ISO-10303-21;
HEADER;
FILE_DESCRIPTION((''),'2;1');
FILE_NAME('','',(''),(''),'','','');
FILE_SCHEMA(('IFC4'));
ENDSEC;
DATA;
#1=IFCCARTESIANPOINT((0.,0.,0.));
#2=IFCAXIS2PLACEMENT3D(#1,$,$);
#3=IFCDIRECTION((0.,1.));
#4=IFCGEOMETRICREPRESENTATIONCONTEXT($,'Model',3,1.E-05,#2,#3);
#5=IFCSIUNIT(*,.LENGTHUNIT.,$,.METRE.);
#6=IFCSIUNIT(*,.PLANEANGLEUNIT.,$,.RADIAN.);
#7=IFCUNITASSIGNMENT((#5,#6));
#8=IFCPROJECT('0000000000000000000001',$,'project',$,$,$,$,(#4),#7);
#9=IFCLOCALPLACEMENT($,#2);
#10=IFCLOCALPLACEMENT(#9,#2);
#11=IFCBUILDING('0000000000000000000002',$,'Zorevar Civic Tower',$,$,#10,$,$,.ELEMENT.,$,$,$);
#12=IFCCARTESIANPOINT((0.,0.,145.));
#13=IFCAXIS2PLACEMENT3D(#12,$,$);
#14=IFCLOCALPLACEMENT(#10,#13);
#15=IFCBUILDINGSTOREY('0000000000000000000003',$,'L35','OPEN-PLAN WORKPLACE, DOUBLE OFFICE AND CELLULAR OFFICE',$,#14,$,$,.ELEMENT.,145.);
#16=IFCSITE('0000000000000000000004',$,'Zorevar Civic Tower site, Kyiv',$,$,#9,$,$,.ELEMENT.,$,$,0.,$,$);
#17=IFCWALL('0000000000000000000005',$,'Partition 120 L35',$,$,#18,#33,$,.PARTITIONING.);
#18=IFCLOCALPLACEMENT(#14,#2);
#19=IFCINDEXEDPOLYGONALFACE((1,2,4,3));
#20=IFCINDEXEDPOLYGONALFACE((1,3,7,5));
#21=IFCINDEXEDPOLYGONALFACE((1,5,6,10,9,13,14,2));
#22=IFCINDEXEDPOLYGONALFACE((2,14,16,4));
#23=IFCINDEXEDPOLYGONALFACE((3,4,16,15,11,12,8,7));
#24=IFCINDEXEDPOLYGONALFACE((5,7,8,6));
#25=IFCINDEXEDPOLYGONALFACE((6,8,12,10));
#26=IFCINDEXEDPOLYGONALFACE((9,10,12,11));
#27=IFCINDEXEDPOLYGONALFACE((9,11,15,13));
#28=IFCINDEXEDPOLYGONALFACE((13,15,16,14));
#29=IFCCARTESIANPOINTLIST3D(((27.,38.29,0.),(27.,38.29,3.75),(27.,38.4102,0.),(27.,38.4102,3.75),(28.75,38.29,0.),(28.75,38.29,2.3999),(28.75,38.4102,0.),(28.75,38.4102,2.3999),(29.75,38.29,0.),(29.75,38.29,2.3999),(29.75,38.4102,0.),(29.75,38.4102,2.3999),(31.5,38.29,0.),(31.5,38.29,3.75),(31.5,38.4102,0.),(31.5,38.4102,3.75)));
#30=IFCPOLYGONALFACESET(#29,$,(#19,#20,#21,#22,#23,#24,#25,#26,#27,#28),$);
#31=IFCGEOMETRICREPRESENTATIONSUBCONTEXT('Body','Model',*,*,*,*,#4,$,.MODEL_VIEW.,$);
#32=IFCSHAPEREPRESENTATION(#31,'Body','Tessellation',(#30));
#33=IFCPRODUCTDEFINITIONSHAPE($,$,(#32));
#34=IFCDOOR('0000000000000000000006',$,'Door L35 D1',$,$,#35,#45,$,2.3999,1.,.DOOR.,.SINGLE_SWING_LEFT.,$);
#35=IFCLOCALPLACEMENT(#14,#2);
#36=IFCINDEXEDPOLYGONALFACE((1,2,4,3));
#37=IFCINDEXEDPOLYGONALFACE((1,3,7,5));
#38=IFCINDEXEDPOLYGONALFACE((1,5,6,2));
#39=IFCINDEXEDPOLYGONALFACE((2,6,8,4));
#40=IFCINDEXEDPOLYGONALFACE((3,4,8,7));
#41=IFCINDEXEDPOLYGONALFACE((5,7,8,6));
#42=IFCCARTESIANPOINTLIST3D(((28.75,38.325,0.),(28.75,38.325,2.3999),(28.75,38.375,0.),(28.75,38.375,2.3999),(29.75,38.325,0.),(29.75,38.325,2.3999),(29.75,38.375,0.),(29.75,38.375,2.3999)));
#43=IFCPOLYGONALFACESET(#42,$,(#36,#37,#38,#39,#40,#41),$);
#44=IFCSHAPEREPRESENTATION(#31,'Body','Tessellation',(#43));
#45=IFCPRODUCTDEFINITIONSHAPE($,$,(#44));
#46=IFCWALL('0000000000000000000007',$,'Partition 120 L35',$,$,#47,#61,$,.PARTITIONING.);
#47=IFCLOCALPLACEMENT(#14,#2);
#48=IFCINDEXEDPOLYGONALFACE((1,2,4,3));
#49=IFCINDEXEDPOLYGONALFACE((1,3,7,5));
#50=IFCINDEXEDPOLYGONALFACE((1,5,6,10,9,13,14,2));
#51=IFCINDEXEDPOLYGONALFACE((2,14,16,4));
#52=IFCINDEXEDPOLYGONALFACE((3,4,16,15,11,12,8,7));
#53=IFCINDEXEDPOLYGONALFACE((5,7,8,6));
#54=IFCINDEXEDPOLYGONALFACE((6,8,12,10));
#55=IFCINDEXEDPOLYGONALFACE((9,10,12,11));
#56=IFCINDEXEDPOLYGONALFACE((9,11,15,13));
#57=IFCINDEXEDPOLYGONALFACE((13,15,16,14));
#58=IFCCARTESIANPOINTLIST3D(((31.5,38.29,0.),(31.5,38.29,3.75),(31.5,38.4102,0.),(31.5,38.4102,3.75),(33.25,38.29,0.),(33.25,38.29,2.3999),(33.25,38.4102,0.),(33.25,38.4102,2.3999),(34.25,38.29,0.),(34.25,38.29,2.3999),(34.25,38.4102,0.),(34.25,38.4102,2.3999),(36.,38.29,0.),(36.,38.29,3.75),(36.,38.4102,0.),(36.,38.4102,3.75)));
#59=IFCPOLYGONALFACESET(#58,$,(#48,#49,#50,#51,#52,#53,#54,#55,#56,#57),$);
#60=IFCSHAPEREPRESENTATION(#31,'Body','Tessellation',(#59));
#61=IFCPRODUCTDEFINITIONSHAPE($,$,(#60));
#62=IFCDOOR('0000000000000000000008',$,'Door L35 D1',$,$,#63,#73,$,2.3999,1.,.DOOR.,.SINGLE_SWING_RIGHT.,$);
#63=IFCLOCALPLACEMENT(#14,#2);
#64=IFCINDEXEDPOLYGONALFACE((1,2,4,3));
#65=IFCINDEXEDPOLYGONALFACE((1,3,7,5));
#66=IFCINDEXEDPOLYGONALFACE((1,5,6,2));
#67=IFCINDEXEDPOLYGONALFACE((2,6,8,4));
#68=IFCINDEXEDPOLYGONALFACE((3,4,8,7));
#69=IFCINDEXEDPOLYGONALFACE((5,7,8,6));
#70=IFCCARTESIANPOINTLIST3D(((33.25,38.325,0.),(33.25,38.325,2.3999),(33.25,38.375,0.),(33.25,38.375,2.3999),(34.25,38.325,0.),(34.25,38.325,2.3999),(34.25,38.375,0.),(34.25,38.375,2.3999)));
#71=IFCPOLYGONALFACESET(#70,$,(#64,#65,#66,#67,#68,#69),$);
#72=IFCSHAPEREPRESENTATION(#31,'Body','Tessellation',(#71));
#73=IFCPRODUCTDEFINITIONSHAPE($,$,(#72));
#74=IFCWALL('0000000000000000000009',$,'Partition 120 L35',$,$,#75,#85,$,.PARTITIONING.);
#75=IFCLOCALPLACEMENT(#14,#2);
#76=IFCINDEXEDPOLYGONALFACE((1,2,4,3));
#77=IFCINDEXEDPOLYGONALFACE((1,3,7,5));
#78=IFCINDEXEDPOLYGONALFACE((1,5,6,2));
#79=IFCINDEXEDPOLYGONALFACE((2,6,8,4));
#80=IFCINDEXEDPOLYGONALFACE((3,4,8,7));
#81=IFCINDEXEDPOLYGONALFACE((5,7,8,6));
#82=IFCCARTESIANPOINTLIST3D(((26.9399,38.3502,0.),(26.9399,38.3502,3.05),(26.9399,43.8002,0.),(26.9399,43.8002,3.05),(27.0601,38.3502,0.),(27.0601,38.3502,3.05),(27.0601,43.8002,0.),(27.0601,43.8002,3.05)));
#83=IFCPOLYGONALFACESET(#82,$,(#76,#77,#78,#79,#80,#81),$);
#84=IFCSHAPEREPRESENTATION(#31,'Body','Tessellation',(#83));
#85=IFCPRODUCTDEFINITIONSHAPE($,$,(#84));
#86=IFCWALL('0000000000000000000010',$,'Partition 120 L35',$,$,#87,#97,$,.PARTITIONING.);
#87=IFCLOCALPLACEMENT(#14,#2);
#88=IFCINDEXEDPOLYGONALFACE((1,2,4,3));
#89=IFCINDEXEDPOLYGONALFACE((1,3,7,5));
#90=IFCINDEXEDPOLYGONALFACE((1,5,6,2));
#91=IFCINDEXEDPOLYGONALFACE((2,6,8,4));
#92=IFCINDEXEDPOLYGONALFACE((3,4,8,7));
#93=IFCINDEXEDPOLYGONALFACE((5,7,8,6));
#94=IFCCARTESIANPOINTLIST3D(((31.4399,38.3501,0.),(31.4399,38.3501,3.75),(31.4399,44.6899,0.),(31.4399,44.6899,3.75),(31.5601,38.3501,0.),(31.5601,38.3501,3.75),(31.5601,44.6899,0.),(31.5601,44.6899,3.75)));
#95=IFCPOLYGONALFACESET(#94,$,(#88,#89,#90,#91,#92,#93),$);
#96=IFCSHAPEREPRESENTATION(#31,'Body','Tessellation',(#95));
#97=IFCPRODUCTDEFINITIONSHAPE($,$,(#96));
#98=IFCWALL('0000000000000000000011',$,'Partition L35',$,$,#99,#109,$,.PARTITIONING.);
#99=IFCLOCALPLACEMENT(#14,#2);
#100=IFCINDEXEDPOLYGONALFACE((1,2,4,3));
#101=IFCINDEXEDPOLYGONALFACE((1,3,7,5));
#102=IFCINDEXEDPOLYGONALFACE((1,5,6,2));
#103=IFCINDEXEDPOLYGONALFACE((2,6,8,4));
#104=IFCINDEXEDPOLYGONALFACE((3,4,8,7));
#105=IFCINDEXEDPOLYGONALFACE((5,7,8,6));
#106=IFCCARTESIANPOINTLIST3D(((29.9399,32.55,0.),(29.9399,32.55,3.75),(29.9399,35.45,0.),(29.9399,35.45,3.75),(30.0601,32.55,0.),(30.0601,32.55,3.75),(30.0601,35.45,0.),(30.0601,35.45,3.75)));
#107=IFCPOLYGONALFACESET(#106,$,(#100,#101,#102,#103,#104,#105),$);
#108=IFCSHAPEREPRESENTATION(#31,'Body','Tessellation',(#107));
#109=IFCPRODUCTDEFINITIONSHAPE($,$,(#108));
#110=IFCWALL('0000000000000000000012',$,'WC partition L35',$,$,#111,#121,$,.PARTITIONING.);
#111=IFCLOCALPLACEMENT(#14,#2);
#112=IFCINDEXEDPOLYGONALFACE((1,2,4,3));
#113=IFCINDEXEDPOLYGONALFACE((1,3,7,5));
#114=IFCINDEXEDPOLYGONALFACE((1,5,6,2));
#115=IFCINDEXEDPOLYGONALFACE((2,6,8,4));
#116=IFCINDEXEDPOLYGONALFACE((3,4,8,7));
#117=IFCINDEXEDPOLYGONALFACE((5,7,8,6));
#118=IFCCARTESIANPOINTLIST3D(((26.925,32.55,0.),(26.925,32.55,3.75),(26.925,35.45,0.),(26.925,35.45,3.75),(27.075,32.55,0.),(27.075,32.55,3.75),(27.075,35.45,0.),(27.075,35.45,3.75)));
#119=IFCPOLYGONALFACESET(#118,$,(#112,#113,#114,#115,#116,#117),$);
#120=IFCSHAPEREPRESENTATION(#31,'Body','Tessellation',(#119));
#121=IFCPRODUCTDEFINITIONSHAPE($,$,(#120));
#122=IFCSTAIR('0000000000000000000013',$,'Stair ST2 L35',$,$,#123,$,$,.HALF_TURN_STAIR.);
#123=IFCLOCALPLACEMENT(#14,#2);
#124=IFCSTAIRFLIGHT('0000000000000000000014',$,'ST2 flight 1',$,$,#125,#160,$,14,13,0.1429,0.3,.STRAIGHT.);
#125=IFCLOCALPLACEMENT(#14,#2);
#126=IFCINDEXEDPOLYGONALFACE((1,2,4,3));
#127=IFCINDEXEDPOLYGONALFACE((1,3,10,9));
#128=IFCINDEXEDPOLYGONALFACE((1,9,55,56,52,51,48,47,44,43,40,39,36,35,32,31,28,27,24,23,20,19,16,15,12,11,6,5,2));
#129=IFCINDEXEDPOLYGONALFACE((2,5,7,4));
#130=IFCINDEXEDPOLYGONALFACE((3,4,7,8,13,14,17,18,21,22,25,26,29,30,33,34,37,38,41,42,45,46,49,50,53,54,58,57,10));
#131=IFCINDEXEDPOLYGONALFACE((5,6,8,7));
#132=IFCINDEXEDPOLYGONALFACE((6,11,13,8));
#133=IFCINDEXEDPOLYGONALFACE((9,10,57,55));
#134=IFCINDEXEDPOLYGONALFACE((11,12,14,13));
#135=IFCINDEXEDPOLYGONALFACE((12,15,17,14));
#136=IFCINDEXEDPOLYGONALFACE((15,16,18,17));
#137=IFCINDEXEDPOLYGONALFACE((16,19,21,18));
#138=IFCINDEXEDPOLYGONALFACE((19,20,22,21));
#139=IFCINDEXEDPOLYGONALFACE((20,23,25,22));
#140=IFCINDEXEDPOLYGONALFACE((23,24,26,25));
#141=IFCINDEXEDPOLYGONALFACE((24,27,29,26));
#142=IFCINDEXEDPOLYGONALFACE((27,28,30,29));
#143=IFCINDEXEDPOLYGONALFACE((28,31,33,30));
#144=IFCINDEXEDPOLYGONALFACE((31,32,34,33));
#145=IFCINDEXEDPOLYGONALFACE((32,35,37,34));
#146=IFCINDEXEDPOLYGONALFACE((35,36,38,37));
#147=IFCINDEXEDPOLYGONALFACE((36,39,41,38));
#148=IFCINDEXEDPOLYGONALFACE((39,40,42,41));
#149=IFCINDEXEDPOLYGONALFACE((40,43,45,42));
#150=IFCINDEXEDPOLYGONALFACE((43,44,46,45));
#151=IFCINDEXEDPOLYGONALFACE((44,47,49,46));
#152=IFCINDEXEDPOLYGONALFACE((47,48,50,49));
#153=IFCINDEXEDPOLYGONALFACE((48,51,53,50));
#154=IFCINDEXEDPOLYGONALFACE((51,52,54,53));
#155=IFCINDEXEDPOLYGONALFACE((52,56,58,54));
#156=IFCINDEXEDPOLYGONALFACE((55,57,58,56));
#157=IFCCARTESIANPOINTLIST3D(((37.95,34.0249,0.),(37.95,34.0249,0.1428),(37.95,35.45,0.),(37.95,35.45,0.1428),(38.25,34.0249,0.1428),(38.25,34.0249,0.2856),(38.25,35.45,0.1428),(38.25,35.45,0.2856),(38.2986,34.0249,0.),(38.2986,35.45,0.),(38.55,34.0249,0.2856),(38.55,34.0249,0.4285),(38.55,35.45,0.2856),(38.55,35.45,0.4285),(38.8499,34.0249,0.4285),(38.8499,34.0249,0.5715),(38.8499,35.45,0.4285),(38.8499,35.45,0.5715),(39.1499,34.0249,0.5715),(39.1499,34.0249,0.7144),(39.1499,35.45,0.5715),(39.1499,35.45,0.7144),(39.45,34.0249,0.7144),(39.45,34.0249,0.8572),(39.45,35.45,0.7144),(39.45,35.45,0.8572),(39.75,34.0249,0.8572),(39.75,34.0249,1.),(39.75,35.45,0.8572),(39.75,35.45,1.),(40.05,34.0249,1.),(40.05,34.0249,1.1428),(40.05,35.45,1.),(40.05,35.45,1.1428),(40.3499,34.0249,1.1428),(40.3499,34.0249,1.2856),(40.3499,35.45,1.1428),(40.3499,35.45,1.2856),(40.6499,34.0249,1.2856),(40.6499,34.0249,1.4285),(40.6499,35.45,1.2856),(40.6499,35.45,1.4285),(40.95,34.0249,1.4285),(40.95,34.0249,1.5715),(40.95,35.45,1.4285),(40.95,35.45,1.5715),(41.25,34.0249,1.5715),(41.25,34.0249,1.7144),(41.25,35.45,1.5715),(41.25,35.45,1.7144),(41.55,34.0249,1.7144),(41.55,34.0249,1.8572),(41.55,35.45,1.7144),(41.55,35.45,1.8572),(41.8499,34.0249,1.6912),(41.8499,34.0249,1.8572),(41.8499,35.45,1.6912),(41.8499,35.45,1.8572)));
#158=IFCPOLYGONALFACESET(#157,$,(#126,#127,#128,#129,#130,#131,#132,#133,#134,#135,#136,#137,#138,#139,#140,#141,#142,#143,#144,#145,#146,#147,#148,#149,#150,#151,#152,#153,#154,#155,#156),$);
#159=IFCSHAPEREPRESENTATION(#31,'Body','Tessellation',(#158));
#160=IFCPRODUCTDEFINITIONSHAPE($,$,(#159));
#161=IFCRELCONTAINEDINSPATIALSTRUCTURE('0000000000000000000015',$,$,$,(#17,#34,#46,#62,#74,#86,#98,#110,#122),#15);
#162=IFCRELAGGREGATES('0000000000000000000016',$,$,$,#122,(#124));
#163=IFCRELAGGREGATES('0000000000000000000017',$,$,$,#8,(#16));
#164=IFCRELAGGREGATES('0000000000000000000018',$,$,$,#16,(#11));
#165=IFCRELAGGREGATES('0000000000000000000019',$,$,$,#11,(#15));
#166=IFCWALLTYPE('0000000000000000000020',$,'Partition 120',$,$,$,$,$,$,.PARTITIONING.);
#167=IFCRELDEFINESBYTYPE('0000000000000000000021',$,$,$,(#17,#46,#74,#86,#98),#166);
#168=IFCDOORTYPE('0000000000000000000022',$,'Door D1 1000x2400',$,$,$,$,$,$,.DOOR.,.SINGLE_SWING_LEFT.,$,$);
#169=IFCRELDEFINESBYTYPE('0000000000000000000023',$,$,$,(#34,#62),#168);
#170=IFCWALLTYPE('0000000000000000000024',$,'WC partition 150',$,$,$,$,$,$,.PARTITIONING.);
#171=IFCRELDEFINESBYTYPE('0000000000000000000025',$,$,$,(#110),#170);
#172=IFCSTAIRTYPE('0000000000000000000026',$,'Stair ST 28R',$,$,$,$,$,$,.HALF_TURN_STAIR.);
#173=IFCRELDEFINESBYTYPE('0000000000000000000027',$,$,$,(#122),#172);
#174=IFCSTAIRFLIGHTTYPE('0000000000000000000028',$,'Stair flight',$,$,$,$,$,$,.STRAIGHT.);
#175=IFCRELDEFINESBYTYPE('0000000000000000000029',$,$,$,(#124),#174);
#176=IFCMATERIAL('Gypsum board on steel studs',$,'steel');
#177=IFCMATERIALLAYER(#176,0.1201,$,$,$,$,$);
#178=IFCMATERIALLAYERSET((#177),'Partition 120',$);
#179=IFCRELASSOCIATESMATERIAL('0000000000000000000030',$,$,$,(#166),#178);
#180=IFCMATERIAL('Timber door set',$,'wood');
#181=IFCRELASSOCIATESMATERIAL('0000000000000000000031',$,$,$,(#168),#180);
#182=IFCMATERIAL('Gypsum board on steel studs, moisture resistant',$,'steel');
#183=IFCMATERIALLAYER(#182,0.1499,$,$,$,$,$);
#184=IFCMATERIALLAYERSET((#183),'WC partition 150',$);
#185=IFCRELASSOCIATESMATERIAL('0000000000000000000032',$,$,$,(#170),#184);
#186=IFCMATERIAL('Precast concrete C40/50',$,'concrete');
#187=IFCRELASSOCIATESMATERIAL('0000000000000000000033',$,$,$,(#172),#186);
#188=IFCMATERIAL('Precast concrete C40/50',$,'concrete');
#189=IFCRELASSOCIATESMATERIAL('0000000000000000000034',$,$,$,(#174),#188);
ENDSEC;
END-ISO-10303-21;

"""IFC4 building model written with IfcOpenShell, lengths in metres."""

from ifc_helpers import new_model, si_unit, direction, frame, frame_2d, origin, place, context, subcontext, project, spatial, polyline, rectangle, outline, extrude, material, layer, layer_set, type_object, element, fill, aggregate, save


model = new_model("IFC4")

# Units and contexts
model_context = context("Model", 3, precision=1e-05, world=origin(), true_north=direction((0.0, 1.0)))
body_context = subcontext(model_context, "Body", "Model", "MODEL_VIEW")
ifc_project = project(units=[si_unit("LENGTHUNIT", "METRE"), si_unit("PLANEANGLEUNIT", "RADIAN")], contexts=[model_context])

# Site, building, storey
site_placement = place(None, origin())
site = spatial("IfcSite", under=ifc_project, at=site_placement, Name="Zorevar Civic Tower site, Kyiv", CompositionType="ELEMENT", RefElevation=0.0)
building_placement = place(site_placement, origin())
building = spatial("IfcBuilding", under=site, at=building_placement, Name="Zorevar Civic Tower", CompositionType="ELEMENT")
storey_placement = place(building_placement, frame((0.0, 0.0, 145.0)))
storey = spatial("IfcBuildingStorey", under=building, at=storey_placement, Name="L35", Description="OPEN-PLAN WORKPLACE, DOUBLE OFFICE AND CELLULAR OFFICE", CompositionType="ELEMENT", Elevation=145.0)

# Walls, openings, doors
ifc_material_1 = material(Name="Gypsum board on steel studs", Category="steel")
ifc_layer_1 = layer(ifc_material_1, 0.1201)
ifc_layer_set_1 = layer_set([ifc_layer_1], Name="Partition 120")
wall_type_1 = type_object("IfcWallType", Name="Partition 120", PredefinedType="PARTITIONING", material=ifc_layer_set_1)
wall_1_placement = place(storey_placement, frame((27.0, 38.3501, 0.0), z_axis=(0.0, 0.0, 1.0), x_axis=(1.0, 0.0, 0.0)))
wall_1 = element("IfcWall", 1, at=wall_1_placement, inside=storey, type_object=wall_type_1, Name="Partition 120 L35", PredefinedType="PARTITIONING", context=body_context, shape_type="SweptSolid", body=[
    extrude(rectangle(XDim=4.5, YDim=0.1201, at=frame_2d((2.25, 0.0))), origin(), (0.0, 0.0, 1.0), 3.75),
])
opening_1_placement = place(wall_1_placement, frame((1.75, 0.0, 0.0)))
opening_1 = element("IfcOpeningElement", 2, at=opening_1_placement, cuts=wall_1, PredefinedType="OPENING", context=body_context, shape_type="SweptSolid", body=[
    extrude(rectangle(XDim=1.0, YDim=2.3999, at=frame_2d((0.5, 1.2))), frame((0.0, 0.0701, 0.0), z_axis=(0.0, -1.0, 0.0), x_axis=(1.0, 0.0, 0.0)), (0.0, 0.0, 1.0), 0.1401),
])
ifc_material_2 = material(Name="Timber door set", Category="wood")
door_type_1 = type_object("IfcDoorType", Name="Door D1 1000x2400", OperationType="SINGLE_SWING_LEFT", PredefinedType="DOOR", material=ifc_material_2)
door_1_placement = place(opening_1_placement, origin())
door_1 = element("IfcDoor", 3, at=door_1_placement, inside=storey, type_object=door_type_1, Name="Door L35 D1", OperationType="SINGLE_SWING_LEFT", OverallHeight=2.3999, OverallWidth=1.0, PredefinedType="DOOR", context=body_context, shape_type="SweptSolid", body=[
    extrude(rectangle(XDim=1.0, YDim=2.3999, at=frame_2d((0.5, 1.2))), frame((0.0, 0.0249, 0.0), z_axis=(0.0, -1.0, 0.0), x_axis=(1.0, 0.0, 0.0)), (0.0, 0.0, 1.0), 0.05),
])
fill(opening_1, door_1)
wall_2_placement = place(storey_placement, frame((31.5, 38.3501, 0.0), z_axis=(0.0, 0.0, 1.0), x_axis=(1.0, 0.0, 0.0)))
wall_2 = element("IfcWall", 4, at=wall_2_placement, inside=storey, type_object=wall_type_1, Name="Partition 120 L35", PredefinedType="PARTITIONING", context=body_context, shape_type="SweptSolid", body=[
    extrude(rectangle(XDim=4.5, YDim=0.1201, at=frame_2d((2.25, 0.0))), origin(), (0.0, 0.0, 1.0), 3.75),
])
opening_2_placement = place(wall_2_placement, frame((1.75, 0.0, 0.0)))
opening_2 = element("IfcOpeningElement", 5, at=opening_2_placement, cuts=wall_2, PredefinedType="OPENING", context=body_context, shape_type="SweptSolid", body=[
    extrude(rectangle(XDim=1.0, YDim=2.3999, at=frame_2d((0.5, 1.2))), frame((0.0, 0.0701, 0.0), z_axis=(0.0, -1.0, 0.0), x_axis=(1.0, 0.0, 0.0)), (0.0, 0.0, 1.0), 0.1401),
])
door_2_placement = place(opening_2_placement, origin())
door_2 = element("IfcDoor", 6, at=door_2_placement, inside=storey, type_object=door_type_1, Name="Door L35 D1", OperationType="SINGLE_SWING_RIGHT", OverallHeight=2.3999, OverallWidth=1.0, PredefinedType="DOOR", context=body_context, shape_type="SweptSolid", body=[
    extrude(rectangle(XDim=1.0, YDim=2.3999, at=frame_2d((0.5, 1.2))), frame((0.0, 0.0249, 0.0), z_axis=(0.0, -1.0, 0.0), x_axis=(1.0, 0.0, 0.0)), (0.0, 0.0, 1.0), 0.05),
])
fill(opening_2, door_2)

# Walls
wall_3_placement = place(storey_placement, frame((27.0, 38.3501, 0.0), z_axis=(0.0, 0.0, 1.0), x_axis=(0.0, 1.0, 0.0)))
element("IfcWall", 7, at=wall_3_placement, inside=storey, type_object=wall_type_1, Name="Partition 120 L35", PredefinedType="PARTITIONING", context=body_context, shape_type="SweptSolid", body=[
    extrude(rectangle(XDim=5.45, YDim=0.1201, at=frame_2d((2.7251, 0.0))), origin(), (0.0, 0.0, 1.0), 3.05),
])
wall_4_placement = place(storey_placement, frame((31.5, 38.3501, 0.0), z_axis=(0.0, 0.0, 1.0), x_axis=(0.0, 1.0, 0.0)))
element("IfcWall", 8, at=wall_4_placement, inside=storey, type_object=wall_type_1, Name="Partition 120 L35", PredefinedType="PARTITIONING", context=body_context, shape_type="SweptSolid", body=[
    extrude(rectangle(XDim=6.3398, YDim=0.1201, at=frame_2d((3.1699, 0.0))), origin(), (0.0, 0.0, 1.0), 3.75),
])
wall_5_placement = place(storey_placement, frame((30.0, 32.55, 0.0), z_axis=(0.0, 0.0, 1.0), x_axis=(0.0, 1.0, 0.0)))
element("IfcWall", 9, at=wall_5_placement, inside=storey, type_object=wall_type_1, Name="Partition L35", PredefinedType="PARTITIONING", context=body_context, shape_type="SweptSolid", body=[
    extrude(rectangle(XDim=2.8999, YDim=0.1201, at=frame_2d((1.45, 0.0))), origin(), (0.0, 0.0, 1.0), 3.75),
])
ifc_material_3 = material(Name="Gypsum board on steel studs, moisture resistant", Category="steel")
ifc_layer_2 = layer(ifc_material_3, 0.1499)
ifc_layer_set_2 = layer_set([ifc_layer_2], Name="WC partition 150")
wall_type_2 = type_object("IfcWallType", Name="WC partition 150", PredefinedType="PARTITIONING", material=ifc_layer_set_2)
wall_6_placement = place(storey_placement, frame((27.0, 32.55, 0.0), z_axis=(0.0, 0.0, 1.0), x_axis=(0.0, 1.0, 0.0)))
element("IfcWall", 10, at=wall_6_placement, inside=storey, type_object=wall_type_2, Name="WC partition L35", PredefinedType="PARTITIONING", context=body_context, shape_type="SweptSolid", body=[
    extrude(rectangle(XDim=2.8999, YDim=0.1499, at=frame_2d((1.45, 0.0))), origin(), (0.0, 0.0, 1.0), 3.75),
])

# Stair, stair flight
ifc_material_4 = material(Name="Precast concrete C40/50", Category="concrete")
stair_type = type_object("IfcStairType", Name="Stair ST 28R", PredefinedType="HALF_TURN_STAIR", material=ifc_material_4)
stair_placement = place(storey_placement, origin())
stair = element("IfcStair", 11, at=stair_placement, inside=storey, type_object=stair_type, Name="Stair ST2 L35", PredefinedType="HALF_TURN_STAIR")
ifc_material_5 = material(Name="Precast concrete C40/50", Category="concrete")
stair_flight_type = type_object("IfcStairFlightType", Name="Stair flight", PredefinedType="STRAIGHT", material=ifc_material_5)
stair_flight_1_placement = place(storey_placement, frame((37.95, 34.7375, 0.0), z_axis=(0.0, 0.0, 1.0), x_axis=(1.0, 0.0, 0.0)))
stair_flight_1 = element("IfcStairFlight", 12, at=stair_flight_1_placement, type_object=stair_flight_type, Name="ST2 flight 1", NumberOfRisers=14, NumberOfTreads=13, PredefinedType="STRAIGHT", RiserHeight=0.1429, TreadLength=0.3, context=body_context, shape_type="SweptSolid", body=[
    extrude(outline(polyline([(0.0, 0.0), (0.0, 0.1428), (0.3, 0.1428), (0.3, 0.2856), (0.6001, 0.2856), (0.6001, 0.4285), (0.8999, 0.4285), (0.8999, 0.5715), (1.2, 0.5715), (1.2, 0.7144), (1.5, 0.7144), (1.5, 0.8572), (1.8, 0.8572), (1.8, 1.0), (2.1001, 1.0), (2.1001, 1.1428), (2.3999, 1.1428), (2.3999, 1.2856), (2.7, 1.2856), (2.7, 1.4285), (3.0, 1.4285), (3.0, 1.5715), (3.3, 1.5715), (3.3, 1.7144), (3.6001, 1.7144), (3.6001, 1.8572), (3.8999, 1.8572), (3.8999, 2.0), (3.8999, 1.6912), (0.3486, 0.0), (0.0, 0.0)])), frame((0.0, 0.7124, 0.0), z_axis=(0.0, -1.0, 0.0), x_axis=(1.0, 0.0, 0.0)), (0.0, 0.0, 1.0), 1.425),
])
aggregate(stair, [stair_flight_1])

save(model, "model.ifc")
